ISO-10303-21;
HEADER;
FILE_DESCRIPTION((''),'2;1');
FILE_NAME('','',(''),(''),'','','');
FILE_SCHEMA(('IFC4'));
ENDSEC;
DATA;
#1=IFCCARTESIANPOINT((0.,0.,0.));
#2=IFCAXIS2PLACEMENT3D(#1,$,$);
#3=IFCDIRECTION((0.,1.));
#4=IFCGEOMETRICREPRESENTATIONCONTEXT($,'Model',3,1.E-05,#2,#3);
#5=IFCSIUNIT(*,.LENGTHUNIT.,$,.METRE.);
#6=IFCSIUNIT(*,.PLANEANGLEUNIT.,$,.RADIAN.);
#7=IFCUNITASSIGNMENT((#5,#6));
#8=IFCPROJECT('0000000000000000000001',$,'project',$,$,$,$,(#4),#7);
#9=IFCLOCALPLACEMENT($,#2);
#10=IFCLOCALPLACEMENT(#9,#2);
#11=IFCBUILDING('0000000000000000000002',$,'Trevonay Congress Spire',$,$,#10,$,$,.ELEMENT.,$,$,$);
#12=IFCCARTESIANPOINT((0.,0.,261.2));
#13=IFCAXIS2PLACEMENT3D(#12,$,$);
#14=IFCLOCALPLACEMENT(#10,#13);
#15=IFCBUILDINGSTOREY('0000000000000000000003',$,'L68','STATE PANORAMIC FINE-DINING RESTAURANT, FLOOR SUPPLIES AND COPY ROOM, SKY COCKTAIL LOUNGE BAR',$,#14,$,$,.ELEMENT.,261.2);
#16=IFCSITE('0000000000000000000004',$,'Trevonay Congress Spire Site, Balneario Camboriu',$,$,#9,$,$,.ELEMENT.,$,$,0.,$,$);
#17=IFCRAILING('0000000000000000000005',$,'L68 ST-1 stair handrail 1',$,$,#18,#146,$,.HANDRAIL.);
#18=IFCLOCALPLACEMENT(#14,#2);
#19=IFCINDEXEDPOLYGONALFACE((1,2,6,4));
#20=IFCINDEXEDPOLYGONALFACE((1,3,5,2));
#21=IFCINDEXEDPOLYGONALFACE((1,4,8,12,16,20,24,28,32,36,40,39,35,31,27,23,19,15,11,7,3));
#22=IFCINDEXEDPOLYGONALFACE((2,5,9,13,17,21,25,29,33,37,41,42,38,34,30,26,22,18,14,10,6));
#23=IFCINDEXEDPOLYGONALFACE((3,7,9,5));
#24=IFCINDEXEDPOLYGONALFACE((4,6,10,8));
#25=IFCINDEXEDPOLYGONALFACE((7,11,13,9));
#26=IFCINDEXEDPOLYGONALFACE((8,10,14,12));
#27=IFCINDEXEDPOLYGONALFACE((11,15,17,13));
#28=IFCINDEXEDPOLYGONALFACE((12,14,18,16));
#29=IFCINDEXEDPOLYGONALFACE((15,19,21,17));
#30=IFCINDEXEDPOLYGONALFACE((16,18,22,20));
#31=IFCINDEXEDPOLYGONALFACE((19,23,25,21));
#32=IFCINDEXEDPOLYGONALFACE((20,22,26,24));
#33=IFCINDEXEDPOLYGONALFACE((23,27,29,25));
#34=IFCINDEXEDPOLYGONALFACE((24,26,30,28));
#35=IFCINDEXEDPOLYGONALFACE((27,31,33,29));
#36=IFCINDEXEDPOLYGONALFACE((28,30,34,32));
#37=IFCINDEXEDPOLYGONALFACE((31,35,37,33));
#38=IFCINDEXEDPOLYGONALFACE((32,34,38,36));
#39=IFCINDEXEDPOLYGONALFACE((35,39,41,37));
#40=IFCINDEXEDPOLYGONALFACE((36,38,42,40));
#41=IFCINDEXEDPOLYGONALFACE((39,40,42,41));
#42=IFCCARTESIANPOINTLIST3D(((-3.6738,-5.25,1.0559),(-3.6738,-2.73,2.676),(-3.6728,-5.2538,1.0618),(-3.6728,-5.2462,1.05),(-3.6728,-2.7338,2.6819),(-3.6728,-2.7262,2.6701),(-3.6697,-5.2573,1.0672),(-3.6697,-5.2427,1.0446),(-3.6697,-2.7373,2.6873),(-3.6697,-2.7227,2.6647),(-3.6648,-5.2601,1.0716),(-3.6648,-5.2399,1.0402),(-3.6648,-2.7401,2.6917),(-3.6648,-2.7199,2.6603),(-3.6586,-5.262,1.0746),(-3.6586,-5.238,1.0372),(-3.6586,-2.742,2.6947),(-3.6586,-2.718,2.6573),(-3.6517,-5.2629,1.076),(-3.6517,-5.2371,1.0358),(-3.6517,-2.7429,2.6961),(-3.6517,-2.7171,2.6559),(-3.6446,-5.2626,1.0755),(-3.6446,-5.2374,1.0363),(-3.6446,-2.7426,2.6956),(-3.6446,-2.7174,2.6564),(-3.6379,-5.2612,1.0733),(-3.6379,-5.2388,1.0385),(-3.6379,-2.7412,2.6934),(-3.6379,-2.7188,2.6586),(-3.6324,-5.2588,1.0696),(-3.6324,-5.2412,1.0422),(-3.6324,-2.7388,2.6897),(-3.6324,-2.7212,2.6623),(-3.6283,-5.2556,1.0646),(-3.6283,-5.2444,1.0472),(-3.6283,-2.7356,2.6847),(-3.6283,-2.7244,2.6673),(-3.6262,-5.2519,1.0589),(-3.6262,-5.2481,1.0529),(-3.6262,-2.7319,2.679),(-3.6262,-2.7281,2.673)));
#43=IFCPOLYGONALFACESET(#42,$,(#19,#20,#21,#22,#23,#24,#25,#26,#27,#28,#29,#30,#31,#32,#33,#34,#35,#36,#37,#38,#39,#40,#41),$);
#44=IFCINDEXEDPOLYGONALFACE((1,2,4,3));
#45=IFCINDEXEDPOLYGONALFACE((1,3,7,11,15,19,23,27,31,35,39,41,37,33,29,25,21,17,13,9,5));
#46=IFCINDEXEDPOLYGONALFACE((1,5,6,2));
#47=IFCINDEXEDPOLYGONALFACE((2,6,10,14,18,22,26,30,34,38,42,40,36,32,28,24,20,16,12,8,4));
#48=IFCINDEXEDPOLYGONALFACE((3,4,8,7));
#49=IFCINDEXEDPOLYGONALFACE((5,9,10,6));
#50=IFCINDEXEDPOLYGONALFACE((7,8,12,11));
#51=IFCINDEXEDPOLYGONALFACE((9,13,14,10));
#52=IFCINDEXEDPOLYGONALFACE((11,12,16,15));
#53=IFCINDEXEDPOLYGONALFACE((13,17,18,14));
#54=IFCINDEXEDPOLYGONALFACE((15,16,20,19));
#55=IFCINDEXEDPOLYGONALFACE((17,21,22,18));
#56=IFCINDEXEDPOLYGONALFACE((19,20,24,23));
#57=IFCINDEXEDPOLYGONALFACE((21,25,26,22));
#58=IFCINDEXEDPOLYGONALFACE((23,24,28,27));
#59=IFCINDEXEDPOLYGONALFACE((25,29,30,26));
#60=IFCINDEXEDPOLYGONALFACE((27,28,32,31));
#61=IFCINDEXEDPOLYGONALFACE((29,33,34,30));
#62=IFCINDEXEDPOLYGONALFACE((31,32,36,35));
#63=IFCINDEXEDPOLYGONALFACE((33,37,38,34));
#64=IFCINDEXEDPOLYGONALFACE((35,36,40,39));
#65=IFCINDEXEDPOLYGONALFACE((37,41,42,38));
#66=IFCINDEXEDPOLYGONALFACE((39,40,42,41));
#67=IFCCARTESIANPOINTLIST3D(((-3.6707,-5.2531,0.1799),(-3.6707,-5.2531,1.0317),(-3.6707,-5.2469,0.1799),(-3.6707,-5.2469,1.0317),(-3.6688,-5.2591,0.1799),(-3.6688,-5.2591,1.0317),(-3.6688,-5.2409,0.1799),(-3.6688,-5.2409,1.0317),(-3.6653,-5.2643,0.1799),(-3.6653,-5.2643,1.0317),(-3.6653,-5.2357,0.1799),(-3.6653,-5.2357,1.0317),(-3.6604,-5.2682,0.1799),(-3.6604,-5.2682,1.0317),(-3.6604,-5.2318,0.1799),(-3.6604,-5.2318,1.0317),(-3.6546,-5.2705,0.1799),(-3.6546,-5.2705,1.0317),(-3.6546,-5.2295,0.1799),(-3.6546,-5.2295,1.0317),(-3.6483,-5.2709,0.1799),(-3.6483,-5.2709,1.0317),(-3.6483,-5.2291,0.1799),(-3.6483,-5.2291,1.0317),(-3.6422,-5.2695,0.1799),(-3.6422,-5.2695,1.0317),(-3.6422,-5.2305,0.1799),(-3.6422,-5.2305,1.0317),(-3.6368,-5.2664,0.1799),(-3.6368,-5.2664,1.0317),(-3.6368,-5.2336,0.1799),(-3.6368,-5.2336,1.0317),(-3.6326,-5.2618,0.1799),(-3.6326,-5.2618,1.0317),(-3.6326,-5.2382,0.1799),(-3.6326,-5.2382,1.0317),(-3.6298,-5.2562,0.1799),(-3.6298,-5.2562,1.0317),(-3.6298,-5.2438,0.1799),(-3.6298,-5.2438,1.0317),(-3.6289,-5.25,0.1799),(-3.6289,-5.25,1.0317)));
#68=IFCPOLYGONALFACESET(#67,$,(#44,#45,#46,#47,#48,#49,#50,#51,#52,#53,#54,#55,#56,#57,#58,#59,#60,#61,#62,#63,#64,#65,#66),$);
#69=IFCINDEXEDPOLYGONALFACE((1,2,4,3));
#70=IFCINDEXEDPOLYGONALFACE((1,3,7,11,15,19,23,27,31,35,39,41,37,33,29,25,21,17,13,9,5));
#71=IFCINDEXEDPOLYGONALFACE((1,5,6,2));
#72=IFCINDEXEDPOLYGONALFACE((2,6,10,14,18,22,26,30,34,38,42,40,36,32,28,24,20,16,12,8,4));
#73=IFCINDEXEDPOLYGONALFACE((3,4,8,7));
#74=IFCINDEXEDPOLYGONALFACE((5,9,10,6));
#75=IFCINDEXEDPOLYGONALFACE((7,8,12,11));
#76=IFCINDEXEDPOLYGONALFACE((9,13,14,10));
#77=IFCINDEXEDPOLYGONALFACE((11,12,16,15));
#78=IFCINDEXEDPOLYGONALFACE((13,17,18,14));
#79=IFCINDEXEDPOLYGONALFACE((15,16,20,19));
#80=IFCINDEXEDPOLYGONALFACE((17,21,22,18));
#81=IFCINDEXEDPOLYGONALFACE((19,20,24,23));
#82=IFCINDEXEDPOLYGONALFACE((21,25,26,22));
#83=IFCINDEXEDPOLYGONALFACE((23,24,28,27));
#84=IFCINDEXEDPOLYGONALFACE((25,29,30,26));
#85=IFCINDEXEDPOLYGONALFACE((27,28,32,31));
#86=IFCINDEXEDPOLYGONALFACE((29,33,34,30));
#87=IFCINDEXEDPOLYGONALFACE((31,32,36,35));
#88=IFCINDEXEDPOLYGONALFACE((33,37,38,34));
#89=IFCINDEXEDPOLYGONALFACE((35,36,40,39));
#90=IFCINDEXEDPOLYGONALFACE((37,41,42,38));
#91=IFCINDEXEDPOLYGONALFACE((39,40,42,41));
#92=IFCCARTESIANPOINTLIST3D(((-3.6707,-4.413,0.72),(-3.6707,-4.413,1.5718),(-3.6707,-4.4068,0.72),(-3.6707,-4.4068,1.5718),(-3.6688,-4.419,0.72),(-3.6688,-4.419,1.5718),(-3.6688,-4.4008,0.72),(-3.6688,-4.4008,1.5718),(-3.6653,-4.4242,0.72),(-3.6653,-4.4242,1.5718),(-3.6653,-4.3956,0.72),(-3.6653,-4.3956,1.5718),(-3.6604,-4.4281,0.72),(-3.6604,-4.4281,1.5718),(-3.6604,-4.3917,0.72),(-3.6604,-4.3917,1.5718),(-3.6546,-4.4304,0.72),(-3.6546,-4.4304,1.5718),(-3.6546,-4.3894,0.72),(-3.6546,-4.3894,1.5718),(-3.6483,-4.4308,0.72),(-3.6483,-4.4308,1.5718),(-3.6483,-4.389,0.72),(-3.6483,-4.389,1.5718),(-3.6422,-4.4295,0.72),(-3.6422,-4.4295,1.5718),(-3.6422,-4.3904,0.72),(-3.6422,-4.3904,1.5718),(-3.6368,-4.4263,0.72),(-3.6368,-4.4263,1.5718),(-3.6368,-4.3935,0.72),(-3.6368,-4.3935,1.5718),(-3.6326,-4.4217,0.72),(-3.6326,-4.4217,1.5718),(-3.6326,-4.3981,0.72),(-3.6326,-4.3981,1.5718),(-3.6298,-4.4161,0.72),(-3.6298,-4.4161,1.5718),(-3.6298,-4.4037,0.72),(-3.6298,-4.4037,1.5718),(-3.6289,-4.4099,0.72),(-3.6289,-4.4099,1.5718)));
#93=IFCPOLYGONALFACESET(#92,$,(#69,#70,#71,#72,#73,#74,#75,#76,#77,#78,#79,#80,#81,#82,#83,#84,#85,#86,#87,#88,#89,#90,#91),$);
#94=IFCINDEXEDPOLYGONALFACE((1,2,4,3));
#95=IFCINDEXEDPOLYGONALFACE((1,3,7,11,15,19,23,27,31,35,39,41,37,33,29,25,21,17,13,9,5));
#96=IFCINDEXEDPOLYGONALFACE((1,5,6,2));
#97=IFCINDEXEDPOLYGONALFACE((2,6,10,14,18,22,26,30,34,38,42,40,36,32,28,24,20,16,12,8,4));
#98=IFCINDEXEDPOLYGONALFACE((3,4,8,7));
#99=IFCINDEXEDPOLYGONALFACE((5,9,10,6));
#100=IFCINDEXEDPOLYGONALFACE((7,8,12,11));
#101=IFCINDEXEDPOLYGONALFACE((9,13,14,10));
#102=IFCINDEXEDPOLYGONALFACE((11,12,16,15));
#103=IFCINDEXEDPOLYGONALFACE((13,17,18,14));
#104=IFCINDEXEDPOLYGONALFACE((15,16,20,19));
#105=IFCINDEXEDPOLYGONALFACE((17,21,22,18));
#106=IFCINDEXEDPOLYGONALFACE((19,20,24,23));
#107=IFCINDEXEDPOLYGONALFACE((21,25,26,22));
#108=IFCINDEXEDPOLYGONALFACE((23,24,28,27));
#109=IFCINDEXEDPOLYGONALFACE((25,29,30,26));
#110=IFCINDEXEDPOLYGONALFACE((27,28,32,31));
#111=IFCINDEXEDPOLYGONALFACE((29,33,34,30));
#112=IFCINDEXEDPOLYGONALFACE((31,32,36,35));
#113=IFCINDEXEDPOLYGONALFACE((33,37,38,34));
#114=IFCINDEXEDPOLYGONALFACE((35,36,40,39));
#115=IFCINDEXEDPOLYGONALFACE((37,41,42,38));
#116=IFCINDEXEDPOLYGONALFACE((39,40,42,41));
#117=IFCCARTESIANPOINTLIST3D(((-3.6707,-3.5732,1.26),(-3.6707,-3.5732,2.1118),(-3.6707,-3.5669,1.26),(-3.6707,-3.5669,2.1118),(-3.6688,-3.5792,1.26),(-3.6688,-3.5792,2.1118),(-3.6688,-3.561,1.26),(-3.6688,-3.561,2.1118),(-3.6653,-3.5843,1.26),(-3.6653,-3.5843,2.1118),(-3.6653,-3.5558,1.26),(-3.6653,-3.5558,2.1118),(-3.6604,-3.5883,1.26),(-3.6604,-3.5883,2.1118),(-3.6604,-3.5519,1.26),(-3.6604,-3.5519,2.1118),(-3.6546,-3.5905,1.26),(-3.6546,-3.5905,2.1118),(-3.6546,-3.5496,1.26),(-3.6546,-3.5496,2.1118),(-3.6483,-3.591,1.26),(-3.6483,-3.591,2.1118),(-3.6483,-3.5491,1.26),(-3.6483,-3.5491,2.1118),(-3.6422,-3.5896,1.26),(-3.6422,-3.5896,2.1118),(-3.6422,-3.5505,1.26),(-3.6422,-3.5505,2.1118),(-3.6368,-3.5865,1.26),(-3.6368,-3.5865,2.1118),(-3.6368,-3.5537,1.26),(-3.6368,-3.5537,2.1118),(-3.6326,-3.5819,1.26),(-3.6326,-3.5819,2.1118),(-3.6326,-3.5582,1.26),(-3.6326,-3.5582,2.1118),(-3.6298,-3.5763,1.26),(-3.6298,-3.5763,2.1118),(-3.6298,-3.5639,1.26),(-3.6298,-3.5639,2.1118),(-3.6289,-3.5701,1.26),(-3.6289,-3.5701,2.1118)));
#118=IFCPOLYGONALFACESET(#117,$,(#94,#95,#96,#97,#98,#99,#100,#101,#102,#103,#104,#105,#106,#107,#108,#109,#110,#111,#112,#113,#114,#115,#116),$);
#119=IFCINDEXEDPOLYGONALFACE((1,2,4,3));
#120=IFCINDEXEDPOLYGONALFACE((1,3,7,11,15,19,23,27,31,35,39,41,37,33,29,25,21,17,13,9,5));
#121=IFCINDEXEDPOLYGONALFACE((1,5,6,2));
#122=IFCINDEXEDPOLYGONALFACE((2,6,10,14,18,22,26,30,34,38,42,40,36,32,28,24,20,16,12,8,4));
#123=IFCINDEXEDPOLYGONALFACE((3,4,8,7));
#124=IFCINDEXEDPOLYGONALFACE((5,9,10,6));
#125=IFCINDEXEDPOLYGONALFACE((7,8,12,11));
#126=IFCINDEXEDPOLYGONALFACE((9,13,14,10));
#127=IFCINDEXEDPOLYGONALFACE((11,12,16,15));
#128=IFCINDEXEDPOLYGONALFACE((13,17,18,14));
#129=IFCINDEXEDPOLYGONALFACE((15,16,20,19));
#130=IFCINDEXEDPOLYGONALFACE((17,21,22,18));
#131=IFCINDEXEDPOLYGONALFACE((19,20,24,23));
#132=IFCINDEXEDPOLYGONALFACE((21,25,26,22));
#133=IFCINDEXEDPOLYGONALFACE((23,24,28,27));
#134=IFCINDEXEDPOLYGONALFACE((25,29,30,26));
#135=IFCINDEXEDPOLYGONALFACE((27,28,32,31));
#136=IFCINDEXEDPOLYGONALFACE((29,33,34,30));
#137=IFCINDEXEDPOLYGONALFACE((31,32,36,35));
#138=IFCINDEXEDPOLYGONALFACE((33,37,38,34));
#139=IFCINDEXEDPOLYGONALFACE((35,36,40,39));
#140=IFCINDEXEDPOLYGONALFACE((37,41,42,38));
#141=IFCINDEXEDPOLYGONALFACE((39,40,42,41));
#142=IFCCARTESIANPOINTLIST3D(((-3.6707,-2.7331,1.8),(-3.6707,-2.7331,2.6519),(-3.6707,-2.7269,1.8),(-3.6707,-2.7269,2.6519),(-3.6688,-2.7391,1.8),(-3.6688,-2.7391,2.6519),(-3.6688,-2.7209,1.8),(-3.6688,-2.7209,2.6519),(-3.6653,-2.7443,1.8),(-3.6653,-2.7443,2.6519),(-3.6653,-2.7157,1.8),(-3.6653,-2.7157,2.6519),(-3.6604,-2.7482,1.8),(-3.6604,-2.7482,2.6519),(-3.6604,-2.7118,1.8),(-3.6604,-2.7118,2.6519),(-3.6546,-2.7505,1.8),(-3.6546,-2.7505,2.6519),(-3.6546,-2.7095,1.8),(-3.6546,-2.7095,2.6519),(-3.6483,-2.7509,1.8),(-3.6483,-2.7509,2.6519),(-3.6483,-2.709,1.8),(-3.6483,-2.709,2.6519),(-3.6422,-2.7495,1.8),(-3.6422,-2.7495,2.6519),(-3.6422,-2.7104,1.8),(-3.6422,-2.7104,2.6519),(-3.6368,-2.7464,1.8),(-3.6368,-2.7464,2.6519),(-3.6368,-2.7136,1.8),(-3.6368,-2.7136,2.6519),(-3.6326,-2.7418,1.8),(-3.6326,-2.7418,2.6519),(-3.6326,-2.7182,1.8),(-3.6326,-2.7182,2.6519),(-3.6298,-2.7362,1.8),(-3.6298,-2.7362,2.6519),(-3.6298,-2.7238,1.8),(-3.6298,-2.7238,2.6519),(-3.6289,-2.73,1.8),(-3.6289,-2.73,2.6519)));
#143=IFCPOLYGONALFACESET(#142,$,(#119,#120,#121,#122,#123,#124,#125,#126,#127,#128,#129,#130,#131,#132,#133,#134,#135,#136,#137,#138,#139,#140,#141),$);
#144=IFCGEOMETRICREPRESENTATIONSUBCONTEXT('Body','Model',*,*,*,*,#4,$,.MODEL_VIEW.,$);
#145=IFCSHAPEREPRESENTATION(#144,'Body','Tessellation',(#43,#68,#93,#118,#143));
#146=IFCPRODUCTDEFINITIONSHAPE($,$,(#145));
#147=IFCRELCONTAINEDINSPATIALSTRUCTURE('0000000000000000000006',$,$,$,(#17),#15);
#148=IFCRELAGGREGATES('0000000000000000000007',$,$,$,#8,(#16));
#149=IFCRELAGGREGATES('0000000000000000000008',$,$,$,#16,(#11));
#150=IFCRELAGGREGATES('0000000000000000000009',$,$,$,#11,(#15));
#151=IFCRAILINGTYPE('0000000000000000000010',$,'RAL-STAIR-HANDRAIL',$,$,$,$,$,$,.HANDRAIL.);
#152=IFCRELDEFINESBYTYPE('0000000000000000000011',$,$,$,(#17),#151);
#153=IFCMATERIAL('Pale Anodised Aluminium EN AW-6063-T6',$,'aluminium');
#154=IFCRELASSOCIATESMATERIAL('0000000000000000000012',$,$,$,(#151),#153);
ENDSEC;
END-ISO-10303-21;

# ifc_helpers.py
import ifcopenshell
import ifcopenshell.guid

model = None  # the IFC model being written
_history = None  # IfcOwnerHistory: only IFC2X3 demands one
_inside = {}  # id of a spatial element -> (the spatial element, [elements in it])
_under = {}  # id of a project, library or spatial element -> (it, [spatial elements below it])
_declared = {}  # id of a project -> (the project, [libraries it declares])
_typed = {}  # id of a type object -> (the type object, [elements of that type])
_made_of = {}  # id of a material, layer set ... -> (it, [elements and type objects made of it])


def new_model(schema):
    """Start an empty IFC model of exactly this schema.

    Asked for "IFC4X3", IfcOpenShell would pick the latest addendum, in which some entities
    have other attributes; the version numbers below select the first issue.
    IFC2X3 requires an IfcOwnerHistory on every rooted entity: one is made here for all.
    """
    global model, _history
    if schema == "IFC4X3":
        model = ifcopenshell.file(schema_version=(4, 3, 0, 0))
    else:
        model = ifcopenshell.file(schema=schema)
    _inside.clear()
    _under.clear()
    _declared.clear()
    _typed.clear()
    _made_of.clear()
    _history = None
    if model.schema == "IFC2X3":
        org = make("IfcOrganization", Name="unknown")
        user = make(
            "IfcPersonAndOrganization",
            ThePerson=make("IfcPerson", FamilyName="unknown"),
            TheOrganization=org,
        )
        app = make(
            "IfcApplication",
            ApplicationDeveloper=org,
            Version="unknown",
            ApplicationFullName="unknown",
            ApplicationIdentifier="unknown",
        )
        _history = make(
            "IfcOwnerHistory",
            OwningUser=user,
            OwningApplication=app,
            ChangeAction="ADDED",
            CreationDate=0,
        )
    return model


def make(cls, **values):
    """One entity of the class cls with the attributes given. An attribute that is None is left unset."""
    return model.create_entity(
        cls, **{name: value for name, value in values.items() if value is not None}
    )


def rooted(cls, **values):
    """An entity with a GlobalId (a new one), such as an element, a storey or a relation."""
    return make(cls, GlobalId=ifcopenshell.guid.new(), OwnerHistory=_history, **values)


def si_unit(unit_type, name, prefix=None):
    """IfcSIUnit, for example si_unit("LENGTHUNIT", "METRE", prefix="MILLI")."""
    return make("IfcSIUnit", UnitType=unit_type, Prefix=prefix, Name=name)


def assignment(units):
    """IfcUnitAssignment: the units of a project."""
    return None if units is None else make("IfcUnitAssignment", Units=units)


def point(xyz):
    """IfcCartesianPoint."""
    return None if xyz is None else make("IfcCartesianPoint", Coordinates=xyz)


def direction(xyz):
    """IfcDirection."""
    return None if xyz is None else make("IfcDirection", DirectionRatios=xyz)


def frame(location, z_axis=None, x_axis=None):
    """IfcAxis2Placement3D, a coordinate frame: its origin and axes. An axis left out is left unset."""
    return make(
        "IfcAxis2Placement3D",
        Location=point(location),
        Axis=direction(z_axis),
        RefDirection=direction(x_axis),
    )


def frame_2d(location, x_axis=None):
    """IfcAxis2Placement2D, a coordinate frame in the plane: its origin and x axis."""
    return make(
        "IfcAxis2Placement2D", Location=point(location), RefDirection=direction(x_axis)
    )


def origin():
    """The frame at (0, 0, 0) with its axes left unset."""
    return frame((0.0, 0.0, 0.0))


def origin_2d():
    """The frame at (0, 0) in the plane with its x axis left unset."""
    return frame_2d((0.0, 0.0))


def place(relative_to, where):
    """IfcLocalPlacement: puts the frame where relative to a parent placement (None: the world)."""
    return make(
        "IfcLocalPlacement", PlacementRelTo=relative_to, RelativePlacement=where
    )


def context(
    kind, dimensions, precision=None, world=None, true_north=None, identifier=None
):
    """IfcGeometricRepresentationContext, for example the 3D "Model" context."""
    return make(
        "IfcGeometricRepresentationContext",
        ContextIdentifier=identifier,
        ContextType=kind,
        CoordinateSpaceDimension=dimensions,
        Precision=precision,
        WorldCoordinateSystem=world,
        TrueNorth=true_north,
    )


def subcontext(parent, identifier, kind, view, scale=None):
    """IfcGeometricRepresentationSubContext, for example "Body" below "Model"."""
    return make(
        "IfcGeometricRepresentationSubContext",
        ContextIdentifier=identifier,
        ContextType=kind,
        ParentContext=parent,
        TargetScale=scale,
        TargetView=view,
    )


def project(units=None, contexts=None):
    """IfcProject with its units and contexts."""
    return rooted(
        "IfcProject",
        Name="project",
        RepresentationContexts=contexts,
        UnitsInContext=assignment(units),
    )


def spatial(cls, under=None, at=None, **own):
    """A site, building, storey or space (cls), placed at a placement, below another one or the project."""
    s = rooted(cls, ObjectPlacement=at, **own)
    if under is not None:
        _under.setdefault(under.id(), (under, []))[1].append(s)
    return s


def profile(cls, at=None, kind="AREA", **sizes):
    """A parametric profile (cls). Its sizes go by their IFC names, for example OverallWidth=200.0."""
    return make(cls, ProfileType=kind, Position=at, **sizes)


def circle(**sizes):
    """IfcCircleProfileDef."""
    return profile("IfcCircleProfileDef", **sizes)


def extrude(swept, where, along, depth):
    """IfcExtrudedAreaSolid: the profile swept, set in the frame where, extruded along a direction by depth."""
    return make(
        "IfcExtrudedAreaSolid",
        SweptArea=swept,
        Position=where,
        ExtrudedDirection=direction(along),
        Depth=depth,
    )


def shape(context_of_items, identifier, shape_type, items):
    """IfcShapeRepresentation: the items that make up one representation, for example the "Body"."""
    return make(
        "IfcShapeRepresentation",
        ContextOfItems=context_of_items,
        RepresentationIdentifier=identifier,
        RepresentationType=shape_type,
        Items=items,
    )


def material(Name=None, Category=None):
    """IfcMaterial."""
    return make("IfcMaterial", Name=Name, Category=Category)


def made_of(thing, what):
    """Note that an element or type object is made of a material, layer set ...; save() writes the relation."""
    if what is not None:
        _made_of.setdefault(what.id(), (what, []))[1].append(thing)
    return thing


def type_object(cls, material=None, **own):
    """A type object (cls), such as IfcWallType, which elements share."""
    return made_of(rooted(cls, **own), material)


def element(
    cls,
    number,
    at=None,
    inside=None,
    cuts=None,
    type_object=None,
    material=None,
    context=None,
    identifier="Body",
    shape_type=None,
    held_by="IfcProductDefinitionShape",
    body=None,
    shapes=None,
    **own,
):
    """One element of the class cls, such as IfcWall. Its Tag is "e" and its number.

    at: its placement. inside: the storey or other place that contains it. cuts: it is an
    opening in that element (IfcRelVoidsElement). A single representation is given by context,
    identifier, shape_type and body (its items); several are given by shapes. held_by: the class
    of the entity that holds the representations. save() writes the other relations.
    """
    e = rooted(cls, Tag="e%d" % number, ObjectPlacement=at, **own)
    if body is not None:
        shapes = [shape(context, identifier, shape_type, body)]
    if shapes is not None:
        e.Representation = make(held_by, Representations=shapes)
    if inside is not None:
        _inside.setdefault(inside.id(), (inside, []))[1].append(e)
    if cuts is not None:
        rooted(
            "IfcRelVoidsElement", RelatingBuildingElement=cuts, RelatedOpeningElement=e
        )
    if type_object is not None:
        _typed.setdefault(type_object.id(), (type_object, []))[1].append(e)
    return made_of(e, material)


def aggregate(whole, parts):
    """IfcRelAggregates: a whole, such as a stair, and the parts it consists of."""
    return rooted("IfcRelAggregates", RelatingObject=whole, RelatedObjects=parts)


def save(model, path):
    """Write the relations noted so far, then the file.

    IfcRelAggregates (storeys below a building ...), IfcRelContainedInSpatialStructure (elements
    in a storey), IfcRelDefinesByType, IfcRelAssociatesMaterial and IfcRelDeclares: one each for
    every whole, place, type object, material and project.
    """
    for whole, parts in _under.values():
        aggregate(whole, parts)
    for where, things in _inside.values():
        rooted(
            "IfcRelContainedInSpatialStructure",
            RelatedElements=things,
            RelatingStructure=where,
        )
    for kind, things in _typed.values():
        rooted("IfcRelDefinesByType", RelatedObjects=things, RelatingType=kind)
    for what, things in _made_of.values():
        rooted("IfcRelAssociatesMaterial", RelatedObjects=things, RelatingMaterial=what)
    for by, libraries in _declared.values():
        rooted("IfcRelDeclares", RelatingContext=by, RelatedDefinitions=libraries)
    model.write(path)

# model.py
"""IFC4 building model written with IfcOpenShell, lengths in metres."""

from ifc_helpers import new_model, si_unit, direction, frame, origin, origin_2d, place, context, subcontext, project, spatial, circle, extrude, material, type_object, element, save


model = new_model("IFC4")

# Units and contexts
model_context = context("Model", 3, precision=1e-05, world=origin(), true_north=direction((0.0, 1.0)))
body_context = subcontext(model_context, "Body", "Model", "MODEL_VIEW")
ifc_project = project(units=[si_unit("LENGTHUNIT", "METRE"), si_unit("PLANEANGLEUNIT", "RADIAN")], contexts=[model_context])

# Site, building, storey
site_placement = place(None, origin())
site = spatial("IfcSite", under=ifc_project, at=site_placement, Name="Trevonay Congress Spire Site, Balneario Camboriu", CompositionType="ELEMENT", RefElevation=0.0)
building_placement = place(site_placement, origin())
building = spatial("IfcBuilding", under=site, at=building_placement, Name="Trevonay Congress Spire", CompositionType="ELEMENT")
storey_placement = place(building_placement, frame((0.0, 0.0, 261.2)))
storey = spatial("IfcBuildingStorey", under=building, at=storey_placement, Name="L68", Description="STATE PANORAMIC FINE-DINING RESTAURANT, FLOOR SUPPLIES AND COPY ROOM, SKY COCKTAIL LOUNGE BAR", CompositionType="ELEMENT", Elevation=261.2)

# Railing
ifc_material_1 = material(Name="Pale Anodised Aluminium EN AW-6063-T6", Category="aluminium")
railing_type_1 = type_object("IfcRailingType", Name="RAL-STAIR-HANDRAIL", PredefinedType="HANDRAIL", material=ifc_material_1)
railing_1_placement = place(storey_placement, frame((-3.6499, -5.25, 0.1799)))
element("IfcRailing", 1, at=railing_1_placement, inside=storey, type_object=railing_type_1, Name="L68 ST-1 stair handrail 1", PredefinedType="HANDRAIL", context=body_context, shape_type="SweptSolid", body=[
    extrude(circle(Radius=0.0239, at=origin_2d()), frame((0.0, 0.0, 0.876), z_axis=(0.0, 0.841163, 0.540782), x_axis=(-1.0, 0.0, 0.0)), (0.0, 0.0, 1.0), 2.9958),
    extrude(circle(Radius=0.021, at=origin_2d()), origin(), (0.0, 0.0, 1.0), 0.8518),
    extrude(circle(Radius=0.021, at=origin_2d()), frame((0.0, 0.8401, 0.54)), (0.0, 0.0, 1.0), 0.8518),
    extrude(circle(Radius=0.021, at=origin_2d()), frame((0.0, 1.6799, 1.0801)), (0.0, 0.0, 1.0), 0.8518),
    extrude(circle(Radius=0.021, at=origin_2d()), frame((0.0, 2.52, 1.6201)), (0.0, 0.0, 1.0), 0.8518),
])

save(model, "model.ifc")
